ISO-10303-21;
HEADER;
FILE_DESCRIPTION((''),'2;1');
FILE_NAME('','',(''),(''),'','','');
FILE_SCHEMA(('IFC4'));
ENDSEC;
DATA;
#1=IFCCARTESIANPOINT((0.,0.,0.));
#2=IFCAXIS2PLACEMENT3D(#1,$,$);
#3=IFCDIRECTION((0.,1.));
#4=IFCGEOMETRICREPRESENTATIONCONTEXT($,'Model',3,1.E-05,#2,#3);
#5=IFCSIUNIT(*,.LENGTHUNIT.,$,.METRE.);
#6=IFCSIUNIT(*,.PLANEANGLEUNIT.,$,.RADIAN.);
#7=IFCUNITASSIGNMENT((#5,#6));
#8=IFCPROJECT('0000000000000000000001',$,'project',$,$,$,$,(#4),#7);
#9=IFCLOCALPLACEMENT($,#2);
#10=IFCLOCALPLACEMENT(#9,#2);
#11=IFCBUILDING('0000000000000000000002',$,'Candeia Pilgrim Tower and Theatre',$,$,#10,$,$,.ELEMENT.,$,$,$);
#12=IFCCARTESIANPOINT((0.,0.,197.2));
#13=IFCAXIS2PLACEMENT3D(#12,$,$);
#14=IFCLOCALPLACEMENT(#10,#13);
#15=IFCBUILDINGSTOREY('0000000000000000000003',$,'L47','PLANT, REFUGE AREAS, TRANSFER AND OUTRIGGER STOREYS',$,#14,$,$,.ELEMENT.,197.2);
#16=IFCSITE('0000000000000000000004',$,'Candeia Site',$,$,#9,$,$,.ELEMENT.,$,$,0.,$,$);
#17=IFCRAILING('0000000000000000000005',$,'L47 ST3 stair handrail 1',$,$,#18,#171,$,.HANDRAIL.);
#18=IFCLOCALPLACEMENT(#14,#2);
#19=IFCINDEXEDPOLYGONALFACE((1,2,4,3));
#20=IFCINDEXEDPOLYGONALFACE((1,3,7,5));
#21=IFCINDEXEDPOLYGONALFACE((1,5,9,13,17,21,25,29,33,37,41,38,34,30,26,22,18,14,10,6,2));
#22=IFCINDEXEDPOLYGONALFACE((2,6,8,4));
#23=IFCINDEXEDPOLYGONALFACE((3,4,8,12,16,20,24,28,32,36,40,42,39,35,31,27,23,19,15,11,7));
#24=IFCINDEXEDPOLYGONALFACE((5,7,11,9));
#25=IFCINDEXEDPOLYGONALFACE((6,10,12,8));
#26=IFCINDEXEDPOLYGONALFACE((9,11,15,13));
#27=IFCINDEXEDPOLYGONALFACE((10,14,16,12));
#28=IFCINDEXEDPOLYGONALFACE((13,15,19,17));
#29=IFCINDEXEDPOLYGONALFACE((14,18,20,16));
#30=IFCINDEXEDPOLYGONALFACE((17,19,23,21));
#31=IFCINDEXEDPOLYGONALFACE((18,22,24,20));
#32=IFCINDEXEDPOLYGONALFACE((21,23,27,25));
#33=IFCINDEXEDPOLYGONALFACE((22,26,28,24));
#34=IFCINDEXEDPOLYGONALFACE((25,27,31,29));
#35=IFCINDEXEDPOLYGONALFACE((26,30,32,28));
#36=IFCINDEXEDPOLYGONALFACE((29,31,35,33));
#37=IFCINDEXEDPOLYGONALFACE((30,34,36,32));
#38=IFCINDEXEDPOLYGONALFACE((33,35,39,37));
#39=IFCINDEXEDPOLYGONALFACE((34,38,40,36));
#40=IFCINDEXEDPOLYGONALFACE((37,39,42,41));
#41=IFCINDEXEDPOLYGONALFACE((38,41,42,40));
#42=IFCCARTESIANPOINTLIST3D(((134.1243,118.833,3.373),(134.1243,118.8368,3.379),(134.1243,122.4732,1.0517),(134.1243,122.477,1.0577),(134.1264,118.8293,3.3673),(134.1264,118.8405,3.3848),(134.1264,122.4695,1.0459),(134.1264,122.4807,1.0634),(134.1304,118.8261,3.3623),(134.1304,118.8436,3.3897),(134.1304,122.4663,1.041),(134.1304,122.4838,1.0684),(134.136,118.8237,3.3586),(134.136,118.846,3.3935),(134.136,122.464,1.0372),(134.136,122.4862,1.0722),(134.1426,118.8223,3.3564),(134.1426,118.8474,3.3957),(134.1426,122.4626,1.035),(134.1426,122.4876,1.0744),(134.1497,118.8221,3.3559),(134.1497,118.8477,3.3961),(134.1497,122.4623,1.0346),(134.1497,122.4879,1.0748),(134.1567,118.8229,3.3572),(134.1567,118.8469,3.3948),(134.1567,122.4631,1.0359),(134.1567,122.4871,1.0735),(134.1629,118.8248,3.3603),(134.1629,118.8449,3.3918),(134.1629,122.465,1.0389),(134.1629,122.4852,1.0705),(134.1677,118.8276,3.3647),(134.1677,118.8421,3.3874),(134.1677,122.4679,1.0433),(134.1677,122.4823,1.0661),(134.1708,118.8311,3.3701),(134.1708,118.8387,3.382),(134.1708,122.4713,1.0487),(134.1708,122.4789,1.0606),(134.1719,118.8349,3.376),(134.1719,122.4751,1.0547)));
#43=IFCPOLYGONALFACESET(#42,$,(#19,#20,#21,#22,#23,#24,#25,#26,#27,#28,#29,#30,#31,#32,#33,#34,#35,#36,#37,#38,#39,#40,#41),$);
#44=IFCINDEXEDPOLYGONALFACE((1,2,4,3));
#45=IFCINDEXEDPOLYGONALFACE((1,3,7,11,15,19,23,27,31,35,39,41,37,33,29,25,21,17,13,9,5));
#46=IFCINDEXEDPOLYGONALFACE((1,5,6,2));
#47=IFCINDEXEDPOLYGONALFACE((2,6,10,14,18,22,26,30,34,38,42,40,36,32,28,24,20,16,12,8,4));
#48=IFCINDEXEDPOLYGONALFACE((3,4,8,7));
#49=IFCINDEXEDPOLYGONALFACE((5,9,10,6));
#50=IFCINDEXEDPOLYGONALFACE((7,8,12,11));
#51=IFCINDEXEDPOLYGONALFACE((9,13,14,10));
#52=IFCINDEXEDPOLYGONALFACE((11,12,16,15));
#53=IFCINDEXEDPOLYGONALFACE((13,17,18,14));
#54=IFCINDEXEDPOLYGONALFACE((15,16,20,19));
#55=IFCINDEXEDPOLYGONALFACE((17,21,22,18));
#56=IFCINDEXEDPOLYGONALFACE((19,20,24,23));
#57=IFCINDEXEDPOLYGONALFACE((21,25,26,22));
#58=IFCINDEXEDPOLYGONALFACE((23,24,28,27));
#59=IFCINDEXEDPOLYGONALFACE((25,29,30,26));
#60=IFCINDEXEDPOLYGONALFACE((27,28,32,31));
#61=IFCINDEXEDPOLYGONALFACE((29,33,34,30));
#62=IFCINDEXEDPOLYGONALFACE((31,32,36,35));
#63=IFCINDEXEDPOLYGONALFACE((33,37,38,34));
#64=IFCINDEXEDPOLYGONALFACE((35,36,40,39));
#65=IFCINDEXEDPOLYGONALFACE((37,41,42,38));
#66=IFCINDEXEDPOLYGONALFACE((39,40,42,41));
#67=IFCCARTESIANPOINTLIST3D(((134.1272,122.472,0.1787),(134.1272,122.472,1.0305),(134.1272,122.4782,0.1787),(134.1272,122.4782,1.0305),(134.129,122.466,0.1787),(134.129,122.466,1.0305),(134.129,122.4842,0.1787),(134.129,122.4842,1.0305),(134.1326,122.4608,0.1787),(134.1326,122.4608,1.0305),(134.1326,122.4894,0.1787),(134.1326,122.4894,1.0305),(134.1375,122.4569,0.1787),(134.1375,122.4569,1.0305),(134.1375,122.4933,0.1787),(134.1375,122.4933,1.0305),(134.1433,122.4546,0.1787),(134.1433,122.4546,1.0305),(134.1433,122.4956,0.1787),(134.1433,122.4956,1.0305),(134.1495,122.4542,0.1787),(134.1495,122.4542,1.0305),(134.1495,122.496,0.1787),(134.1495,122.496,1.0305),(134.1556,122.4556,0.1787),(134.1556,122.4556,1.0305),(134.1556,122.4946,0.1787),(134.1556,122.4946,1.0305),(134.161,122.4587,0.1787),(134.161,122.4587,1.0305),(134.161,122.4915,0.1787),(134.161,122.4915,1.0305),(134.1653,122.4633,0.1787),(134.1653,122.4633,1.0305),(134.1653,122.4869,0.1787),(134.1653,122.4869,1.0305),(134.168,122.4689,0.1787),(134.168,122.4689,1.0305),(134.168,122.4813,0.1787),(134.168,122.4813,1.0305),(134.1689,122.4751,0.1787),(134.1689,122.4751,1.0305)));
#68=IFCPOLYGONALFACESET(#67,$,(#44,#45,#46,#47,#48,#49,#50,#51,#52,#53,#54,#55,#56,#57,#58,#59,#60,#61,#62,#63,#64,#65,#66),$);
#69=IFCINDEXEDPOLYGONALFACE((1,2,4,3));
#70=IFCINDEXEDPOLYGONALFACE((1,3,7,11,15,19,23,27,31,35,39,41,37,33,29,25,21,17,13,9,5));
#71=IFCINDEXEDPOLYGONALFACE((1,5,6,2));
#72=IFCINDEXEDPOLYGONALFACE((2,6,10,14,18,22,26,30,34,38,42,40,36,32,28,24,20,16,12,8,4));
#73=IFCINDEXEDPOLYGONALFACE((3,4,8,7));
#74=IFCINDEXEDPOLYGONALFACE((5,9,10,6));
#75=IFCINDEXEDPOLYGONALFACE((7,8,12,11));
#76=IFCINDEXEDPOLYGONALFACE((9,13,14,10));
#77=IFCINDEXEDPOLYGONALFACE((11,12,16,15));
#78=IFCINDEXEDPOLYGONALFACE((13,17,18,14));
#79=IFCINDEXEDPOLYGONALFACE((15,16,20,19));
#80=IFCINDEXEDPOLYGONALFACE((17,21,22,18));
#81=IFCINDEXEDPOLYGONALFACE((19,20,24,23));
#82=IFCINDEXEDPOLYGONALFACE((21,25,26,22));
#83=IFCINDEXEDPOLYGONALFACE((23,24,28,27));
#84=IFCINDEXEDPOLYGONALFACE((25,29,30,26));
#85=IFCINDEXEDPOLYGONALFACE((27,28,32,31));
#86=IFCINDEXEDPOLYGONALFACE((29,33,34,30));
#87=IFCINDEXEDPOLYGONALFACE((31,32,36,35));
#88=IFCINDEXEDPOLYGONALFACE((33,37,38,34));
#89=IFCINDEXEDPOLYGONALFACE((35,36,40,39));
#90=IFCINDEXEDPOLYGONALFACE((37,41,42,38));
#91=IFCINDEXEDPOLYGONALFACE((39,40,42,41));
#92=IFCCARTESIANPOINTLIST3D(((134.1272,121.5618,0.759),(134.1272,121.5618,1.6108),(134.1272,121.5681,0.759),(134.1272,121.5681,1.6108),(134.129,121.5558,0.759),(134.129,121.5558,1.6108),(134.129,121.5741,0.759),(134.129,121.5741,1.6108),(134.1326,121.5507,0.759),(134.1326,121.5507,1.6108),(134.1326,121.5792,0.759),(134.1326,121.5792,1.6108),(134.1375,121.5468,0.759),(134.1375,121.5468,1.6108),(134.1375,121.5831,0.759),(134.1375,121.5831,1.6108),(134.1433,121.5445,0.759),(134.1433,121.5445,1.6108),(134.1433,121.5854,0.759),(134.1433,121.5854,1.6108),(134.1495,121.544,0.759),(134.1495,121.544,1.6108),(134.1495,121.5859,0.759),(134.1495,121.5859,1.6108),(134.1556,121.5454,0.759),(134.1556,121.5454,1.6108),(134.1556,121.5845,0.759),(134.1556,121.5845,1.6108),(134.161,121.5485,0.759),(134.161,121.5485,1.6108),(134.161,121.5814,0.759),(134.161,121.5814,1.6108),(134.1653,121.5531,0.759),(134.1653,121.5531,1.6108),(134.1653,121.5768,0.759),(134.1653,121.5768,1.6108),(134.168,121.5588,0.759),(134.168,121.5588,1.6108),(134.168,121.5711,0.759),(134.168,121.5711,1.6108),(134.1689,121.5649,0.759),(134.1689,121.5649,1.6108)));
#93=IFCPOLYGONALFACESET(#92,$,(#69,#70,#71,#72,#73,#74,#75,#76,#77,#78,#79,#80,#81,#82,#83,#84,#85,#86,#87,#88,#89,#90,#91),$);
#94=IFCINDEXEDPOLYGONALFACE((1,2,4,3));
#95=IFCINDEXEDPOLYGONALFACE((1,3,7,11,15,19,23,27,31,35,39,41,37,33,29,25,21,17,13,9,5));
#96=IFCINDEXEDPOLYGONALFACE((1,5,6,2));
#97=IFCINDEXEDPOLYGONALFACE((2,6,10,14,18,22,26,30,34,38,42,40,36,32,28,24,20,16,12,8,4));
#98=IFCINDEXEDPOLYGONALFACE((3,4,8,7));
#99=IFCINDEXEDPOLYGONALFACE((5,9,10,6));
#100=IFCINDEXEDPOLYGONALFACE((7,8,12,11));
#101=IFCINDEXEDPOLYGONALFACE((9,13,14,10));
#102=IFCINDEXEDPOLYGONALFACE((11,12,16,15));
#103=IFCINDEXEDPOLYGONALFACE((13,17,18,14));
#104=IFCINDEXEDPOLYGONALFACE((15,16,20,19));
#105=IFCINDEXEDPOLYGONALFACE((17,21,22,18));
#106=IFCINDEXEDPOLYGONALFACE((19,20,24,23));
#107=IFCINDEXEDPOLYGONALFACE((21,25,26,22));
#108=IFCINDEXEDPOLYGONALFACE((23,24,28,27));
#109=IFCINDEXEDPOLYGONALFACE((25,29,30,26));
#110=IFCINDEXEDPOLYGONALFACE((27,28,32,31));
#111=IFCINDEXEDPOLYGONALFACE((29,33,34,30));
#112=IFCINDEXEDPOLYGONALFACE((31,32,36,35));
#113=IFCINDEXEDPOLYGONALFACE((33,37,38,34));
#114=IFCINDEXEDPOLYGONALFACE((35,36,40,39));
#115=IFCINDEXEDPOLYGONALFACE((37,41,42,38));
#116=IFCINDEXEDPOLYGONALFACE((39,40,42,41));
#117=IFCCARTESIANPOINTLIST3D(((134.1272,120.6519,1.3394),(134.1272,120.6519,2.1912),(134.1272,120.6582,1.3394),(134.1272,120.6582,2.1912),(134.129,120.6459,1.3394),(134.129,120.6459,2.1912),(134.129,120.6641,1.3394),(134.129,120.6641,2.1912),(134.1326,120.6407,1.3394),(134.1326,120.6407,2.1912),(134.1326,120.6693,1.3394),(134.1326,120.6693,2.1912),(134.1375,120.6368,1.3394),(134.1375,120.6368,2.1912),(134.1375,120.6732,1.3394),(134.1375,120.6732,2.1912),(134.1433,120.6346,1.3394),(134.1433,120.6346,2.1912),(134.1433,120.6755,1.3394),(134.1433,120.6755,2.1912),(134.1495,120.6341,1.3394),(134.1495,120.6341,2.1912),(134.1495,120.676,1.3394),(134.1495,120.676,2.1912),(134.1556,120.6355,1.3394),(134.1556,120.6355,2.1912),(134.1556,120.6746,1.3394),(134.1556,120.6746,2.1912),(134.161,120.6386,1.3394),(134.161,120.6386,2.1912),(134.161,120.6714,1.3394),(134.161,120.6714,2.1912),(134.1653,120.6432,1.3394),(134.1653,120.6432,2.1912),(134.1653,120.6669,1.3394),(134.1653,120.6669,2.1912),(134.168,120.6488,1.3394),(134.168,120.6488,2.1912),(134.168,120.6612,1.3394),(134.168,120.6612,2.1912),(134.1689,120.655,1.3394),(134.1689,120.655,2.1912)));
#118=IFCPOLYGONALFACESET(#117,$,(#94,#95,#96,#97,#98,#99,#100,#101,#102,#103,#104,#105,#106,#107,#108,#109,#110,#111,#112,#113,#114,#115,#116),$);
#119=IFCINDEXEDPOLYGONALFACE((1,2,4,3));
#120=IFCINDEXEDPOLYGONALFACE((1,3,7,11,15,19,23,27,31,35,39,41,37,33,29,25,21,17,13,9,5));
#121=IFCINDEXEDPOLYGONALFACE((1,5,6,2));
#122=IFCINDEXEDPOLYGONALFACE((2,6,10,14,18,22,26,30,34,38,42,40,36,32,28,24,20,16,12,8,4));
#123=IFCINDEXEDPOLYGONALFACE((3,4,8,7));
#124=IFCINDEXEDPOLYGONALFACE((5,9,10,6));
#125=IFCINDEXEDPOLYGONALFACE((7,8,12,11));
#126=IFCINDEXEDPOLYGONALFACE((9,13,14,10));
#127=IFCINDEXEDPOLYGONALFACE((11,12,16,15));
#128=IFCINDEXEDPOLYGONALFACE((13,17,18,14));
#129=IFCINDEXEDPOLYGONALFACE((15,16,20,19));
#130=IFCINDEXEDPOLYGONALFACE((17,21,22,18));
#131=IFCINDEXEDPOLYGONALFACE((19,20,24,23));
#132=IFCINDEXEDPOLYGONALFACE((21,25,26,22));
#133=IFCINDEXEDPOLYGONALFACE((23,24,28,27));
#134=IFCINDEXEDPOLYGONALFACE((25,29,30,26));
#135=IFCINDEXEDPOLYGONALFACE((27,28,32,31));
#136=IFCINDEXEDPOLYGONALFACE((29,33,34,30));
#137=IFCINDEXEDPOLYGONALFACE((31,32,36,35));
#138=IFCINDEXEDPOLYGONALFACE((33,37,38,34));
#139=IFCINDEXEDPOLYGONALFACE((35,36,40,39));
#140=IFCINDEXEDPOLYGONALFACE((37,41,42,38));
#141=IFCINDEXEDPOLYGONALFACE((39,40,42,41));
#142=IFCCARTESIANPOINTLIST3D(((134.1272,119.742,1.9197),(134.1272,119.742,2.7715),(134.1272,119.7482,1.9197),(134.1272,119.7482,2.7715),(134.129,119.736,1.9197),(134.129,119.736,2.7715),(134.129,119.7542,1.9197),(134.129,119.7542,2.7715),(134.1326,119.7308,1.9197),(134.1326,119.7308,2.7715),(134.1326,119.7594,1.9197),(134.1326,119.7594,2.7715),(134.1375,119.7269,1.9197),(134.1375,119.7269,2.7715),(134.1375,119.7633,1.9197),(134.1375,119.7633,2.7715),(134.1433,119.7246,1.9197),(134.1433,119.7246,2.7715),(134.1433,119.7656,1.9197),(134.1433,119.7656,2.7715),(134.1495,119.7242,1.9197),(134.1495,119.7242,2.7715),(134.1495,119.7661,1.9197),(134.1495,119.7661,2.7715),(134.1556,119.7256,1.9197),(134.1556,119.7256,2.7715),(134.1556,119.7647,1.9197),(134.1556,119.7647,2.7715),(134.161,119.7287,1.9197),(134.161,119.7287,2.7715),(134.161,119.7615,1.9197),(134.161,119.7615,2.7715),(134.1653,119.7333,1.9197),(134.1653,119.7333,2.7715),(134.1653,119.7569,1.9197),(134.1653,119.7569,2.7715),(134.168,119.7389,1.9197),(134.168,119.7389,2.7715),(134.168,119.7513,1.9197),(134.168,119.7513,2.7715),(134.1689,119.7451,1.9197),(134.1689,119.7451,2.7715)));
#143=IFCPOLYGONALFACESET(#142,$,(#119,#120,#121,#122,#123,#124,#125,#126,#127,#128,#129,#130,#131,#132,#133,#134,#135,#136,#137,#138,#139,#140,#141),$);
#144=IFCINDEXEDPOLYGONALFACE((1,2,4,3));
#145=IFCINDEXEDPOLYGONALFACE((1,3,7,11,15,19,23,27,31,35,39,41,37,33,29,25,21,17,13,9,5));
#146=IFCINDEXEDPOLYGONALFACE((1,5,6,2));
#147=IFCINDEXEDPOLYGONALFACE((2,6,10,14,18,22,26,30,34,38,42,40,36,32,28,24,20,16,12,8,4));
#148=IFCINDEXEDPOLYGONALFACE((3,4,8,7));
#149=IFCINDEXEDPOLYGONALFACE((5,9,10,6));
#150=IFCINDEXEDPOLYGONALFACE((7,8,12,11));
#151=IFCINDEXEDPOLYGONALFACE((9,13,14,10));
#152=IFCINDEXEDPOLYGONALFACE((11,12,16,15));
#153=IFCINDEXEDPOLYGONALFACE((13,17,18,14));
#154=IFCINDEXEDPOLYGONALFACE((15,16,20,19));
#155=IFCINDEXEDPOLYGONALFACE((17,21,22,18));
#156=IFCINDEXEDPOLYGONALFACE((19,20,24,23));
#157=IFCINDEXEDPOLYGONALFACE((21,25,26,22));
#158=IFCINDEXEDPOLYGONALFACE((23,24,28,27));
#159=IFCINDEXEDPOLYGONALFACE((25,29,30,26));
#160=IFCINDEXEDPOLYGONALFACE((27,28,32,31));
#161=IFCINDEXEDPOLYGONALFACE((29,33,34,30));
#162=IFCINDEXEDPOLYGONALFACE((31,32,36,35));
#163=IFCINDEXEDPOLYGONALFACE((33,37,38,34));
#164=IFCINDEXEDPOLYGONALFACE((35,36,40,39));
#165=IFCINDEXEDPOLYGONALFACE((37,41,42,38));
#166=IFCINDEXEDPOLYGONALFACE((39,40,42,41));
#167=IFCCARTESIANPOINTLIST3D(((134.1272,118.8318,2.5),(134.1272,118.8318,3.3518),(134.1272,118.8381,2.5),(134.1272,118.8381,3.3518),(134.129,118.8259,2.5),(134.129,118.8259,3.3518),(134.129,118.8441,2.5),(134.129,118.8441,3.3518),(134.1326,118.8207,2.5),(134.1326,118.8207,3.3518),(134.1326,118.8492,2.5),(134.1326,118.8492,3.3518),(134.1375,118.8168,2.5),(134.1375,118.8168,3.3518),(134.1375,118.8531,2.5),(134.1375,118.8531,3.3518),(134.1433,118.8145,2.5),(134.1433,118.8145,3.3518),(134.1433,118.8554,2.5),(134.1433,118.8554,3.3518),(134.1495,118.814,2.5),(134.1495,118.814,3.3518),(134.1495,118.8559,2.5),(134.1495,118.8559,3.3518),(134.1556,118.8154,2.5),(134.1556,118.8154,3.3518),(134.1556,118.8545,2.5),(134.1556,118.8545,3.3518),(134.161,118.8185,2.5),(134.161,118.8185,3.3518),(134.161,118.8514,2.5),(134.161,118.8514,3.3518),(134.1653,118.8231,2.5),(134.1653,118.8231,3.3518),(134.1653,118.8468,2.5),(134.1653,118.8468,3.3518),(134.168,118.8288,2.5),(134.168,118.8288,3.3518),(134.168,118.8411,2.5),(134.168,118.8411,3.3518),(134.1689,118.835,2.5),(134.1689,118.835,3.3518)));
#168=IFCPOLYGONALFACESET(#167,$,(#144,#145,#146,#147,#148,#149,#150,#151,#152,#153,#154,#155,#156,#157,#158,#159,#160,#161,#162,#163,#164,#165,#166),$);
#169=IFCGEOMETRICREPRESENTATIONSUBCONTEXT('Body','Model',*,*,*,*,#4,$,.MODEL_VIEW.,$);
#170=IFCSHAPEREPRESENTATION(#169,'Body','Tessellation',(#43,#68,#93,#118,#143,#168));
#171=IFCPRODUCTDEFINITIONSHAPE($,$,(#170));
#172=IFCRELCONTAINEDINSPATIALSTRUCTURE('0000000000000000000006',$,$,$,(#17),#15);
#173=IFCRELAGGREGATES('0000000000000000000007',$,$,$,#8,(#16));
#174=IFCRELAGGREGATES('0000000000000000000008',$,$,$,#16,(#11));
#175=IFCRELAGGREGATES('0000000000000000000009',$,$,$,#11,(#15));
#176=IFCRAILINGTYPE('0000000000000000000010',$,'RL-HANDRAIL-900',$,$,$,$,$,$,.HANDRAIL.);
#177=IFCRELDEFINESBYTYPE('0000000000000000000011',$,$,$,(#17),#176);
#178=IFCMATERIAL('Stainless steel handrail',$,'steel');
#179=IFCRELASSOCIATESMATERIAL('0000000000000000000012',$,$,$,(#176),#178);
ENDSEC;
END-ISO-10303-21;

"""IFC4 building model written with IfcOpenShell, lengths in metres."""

from ifc_helpers import new_model, si_unit, direction, frame, origin, origin_2d, place, context, subcontext, project, spatial, circle, extrude, material, type_object, element, save


model = new_model("IFC4")

# Units and contexts
model_context = context("Model", 3, precision=1e-05, world=origin(), true_north=direction((0.0, 1.0)))
body_context = subcontext(model_context, "Body", "Model", "MODEL_VIEW")
ifc_project = project(units=[si_unit("LENGTHUNIT", "METRE"), si_unit("PLANEANGLEUNIT", "RADIAN")], contexts=[model_context])

# Site, building, storey
site_placement = place(None, origin())
site = spatial("IfcSite", under=ifc_project, at=site_placement, Name="Candeia Site", CompositionType="ELEMENT", RefElevation=0.0)
building_placement = place(site_placement, origin())
building = spatial("IfcBuilding", under=site, at=building_placement, Name="Candeia Pilgrim Tower and Theatre", CompositionType="ELEMENT")
storey_placement = place(building_placement, frame((0.0, 0.0, 197.2)))
storey = spatial("IfcBuildingStorey", under=building, at=storey_placement, Name="L47", Description="PLANT, REFUGE AREAS, TRANSFER AND OUTRIGGER STOREYS", CompositionType="ELEMENT", Elevation=197.2)

# Railing
ifc_material_1 = material(Name="Stainless steel handrail", Category="steel")
railing_type_1 = type_object("IfcRailingType", Name="RL-HANDRAIL-900", PredefinedType="HANDRAIL", material=ifc_material_1)
railing_1_placement = place(storey_placement, frame((134.1479, 122.4751, 0.1787)))
element("IfcRailing", 1, at=railing_1_placement, inside=storey, type_object=railing_type_1, Name="L47 ST3 stair handrail 1", PredefinedType="HANDRAIL", context=body_context, shape_type="SweptSolid", body=[
    extrude(circle(Radius=0.0239, at=origin_2d()), frame((0.0, 0.0, 0.876), z_axis=(0.0, -0.843153, 0.537673), x_axis=(1.0, 0.0, 0.0)), (0.0, 0.0, 1.0), 4.3174),
    extrude(circle(Radius=0.021, at=origin_2d()), origin(), (0.0, 0.0, 1.0), 0.8518),
    extrude(circle(Radius=0.021, at=origin_2d()), frame((0.0, -0.9102, 0.5803)), (0.0, 0.0, 1.0), 0.8518),
    extrude(circle(Radius=0.021, at=origin_2d()), frame((0.0, -1.8201, 1.1606)), (0.0, 0.0, 1.0), 0.8518),
    extrude(circle(Radius=0.021, at=origin_2d()), frame((0.0, -2.73, 1.741)), (0.0, 0.0, 1.0), 0.8518),
    extrude(circle(Radius=0.021, at=origin_2d()), frame((0.0, -3.6401, 2.3213)), (0.0, 0.0, 1.0), 0.8518),
])

save(model, "model.ifc")
